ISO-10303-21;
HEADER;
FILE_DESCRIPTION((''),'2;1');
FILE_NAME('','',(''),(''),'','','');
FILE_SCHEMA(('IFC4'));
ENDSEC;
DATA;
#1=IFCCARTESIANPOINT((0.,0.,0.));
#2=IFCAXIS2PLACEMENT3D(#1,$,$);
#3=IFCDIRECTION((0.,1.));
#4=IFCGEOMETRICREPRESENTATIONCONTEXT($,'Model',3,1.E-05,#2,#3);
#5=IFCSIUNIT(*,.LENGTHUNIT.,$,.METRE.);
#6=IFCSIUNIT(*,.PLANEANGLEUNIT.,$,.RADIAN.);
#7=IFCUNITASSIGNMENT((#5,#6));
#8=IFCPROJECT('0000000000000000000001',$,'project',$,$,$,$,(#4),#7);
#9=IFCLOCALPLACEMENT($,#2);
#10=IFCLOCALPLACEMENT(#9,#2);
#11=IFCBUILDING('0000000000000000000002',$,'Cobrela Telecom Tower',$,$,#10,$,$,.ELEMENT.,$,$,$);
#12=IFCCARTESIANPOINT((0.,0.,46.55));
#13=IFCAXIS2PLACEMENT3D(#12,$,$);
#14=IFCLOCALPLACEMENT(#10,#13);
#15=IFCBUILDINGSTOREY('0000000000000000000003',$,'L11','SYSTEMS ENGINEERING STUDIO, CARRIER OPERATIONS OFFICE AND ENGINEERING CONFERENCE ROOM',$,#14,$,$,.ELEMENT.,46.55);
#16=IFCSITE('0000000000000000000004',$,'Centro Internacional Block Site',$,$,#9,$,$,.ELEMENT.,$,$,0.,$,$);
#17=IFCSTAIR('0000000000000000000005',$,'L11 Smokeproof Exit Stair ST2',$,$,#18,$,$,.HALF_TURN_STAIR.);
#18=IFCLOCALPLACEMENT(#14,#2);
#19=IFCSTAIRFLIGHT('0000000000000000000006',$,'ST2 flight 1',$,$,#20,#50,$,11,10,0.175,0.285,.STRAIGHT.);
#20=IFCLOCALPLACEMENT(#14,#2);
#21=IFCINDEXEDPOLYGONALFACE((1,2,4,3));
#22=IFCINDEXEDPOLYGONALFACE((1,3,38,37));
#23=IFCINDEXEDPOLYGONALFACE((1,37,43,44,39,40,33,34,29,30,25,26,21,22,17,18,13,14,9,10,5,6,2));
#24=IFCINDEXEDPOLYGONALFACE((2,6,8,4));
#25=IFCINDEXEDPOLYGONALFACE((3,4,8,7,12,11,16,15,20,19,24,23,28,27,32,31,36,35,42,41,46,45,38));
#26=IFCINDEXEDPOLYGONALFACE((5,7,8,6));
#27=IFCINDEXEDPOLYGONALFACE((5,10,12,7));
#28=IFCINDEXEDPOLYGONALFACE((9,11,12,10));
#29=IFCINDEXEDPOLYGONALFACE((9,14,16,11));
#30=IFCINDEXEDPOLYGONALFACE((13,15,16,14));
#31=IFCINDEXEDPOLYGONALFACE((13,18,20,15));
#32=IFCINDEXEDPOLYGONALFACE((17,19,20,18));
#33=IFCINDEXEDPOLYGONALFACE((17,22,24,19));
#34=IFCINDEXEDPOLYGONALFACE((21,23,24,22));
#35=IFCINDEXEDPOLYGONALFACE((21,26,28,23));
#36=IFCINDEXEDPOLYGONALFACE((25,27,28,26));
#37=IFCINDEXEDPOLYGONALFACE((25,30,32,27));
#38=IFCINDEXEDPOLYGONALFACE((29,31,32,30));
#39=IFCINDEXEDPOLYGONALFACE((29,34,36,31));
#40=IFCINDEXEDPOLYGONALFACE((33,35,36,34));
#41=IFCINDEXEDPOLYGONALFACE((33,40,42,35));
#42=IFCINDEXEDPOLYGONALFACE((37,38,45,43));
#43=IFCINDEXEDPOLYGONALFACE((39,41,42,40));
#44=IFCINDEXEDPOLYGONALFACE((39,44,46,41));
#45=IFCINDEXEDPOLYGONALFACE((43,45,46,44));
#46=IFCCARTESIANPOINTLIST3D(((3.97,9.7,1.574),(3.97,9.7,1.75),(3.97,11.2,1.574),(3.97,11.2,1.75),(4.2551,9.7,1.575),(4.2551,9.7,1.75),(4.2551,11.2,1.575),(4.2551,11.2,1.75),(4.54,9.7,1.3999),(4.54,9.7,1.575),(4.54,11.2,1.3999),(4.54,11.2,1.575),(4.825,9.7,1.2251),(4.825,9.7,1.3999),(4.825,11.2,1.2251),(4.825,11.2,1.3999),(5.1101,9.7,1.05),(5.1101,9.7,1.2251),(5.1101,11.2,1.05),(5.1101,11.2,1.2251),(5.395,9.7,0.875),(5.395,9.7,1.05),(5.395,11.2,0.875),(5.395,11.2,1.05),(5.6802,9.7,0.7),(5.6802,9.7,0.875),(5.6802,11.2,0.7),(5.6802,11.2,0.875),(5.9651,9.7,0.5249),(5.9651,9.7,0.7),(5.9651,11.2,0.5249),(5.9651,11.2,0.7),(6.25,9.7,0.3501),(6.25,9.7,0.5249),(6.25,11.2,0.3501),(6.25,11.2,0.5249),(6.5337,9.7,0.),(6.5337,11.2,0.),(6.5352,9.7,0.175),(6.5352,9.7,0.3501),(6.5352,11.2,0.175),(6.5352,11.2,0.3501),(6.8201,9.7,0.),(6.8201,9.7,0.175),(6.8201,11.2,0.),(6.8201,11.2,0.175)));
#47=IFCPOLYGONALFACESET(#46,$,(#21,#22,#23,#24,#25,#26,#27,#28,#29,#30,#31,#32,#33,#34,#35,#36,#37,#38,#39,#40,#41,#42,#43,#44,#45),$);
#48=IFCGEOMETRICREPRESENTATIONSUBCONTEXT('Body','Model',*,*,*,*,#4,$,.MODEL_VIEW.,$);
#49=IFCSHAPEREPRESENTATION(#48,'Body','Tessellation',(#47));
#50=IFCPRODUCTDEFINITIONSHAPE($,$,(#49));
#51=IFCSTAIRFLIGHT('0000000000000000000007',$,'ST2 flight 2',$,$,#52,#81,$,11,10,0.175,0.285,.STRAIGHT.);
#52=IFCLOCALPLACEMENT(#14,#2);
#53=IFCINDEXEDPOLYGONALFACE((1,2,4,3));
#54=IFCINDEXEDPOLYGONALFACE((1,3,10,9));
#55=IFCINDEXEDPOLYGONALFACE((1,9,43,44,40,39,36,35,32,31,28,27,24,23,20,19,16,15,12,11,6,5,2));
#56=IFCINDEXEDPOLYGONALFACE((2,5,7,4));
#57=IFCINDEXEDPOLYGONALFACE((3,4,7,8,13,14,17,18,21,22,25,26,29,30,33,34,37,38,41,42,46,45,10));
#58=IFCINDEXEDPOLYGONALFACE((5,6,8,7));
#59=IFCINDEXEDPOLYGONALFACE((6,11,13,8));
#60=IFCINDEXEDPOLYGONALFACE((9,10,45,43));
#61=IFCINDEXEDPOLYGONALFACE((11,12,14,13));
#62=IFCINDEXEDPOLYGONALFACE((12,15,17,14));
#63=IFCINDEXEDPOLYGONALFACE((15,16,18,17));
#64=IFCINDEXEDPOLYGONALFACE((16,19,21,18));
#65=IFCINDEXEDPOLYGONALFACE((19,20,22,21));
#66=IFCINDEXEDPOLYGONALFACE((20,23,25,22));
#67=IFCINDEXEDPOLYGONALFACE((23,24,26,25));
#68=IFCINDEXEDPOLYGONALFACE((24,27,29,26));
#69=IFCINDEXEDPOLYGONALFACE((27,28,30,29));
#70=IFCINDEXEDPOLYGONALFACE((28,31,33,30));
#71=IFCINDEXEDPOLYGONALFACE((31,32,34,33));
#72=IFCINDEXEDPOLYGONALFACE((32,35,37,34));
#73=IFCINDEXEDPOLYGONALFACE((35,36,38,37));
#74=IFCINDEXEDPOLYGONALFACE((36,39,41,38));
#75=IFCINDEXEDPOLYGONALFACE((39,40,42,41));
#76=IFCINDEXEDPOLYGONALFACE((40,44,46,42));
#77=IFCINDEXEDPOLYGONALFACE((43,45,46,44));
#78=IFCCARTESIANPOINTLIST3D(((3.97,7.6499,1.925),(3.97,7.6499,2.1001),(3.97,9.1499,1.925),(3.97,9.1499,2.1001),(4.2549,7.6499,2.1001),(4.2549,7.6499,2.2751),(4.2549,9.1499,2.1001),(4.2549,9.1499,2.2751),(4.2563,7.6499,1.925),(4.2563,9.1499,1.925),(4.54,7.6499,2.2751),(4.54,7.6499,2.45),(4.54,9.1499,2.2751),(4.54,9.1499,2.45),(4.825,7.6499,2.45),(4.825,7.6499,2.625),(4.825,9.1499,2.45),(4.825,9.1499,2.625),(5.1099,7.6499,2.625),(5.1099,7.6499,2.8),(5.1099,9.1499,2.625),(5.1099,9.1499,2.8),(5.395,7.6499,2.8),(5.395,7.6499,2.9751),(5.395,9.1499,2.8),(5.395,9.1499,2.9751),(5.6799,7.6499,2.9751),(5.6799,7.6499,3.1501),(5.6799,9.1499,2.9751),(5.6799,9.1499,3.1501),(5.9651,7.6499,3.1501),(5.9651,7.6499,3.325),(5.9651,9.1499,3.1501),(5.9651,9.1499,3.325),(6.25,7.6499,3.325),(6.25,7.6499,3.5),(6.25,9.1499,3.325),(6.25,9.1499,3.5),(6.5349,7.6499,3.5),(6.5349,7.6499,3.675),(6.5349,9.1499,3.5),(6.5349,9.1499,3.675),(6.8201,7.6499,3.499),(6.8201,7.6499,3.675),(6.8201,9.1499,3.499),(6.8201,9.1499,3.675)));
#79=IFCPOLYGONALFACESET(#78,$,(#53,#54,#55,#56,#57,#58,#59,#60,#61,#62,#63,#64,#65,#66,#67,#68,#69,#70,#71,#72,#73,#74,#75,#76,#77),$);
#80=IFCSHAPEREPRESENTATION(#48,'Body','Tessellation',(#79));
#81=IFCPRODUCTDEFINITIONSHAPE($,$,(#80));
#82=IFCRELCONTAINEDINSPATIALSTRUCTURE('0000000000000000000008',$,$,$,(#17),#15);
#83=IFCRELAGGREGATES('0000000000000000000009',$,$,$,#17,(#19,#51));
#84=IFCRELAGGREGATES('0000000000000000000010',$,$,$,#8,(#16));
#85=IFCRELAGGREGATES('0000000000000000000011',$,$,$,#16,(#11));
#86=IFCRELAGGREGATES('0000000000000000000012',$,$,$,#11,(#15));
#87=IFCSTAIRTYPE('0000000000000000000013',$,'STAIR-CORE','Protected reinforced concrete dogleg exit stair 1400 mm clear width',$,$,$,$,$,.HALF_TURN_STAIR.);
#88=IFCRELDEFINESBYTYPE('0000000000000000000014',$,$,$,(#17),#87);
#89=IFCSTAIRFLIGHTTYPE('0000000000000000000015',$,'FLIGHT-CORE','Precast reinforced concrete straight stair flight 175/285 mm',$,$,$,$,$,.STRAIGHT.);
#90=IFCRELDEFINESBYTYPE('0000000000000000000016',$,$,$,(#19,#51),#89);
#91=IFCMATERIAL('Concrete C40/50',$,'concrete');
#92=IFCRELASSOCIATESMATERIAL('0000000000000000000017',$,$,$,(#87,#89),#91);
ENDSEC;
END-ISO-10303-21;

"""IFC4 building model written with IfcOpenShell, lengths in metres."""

from ifc_helpers import new_model, si_unit, direction, frame, origin, place, context, subcontext, project, spatial, polyline, outline, extrude, material, type_object, element, aggregate, save


model = new_model("IFC4")

# Units and contexts
model_context = context("Model", 3, precision=1e-05, world=origin(), true_north=direction((0.0, 1.0)))
body_context = subcontext(model_context, "Body", "Model", "MODEL_VIEW")
ifc_project = project(units=[si_unit("LENGTHUNIT", "METRE"), si_unit("PLANEANGLEUNIT", "RADIAN")], contexts=[model_context])

# Site, building, storey
site_placement = place(None, origin())
site = spatial("IfcSite", under=ifc_project, at=site_placement, Name="Centro Internacional Block Site", CompositionType="ELEMENT", RefElevation=0.0)
building_placement = place(site_placement, origin())
building = spatial("IfcBuilding", under=site, at=building_placement, Name="Cobrela Telecom Tower", CompositionType="ELEMENT")
storey_placement = place(building_placement, frame((0.0, 0.0, 46.55)))
storey = spatial("IfcBuildingStorey", under=building, at=storey_placement, Name="L11", Description="SYSTEMS ENGINEERING STUDIO, CARRIER OPERATIONS OFFICE AND ENGINEERING CONFERENCE ROOM", CompositionType="ELEMENT", Elevation=46.55)

# Shared definitions
ifc_material_1 = material(Name="Concrete C40/50", Category="concrete")

# Stair, stair flights
stair_type = type_object("IfcStairType", Name="STAIR-CORE", Description="Protected reinforced concrete dogleg exit stair 1400 mm clear width", PredefinedType="HALF_TURN_STAIR", material=ifc_material_1)
stair_placement = place(storey_placement, origin())
stair = element("IfcStair", 1, at=stair_placement, inside=storey, type_object=stair_type, Name="L11 Smokeproof Exit Stair ST2", PredefinedType="HALF_TURN_STAIR")
stair_flight_type = type_object("IfcStairFlightType", Name="FLIGHT-CORE", Description="Precast reinforced concrete straight stair flight 175/285 mm", PredefinedType="STRAIGHT", material=ifc_material_1)
stair_flight_1_placement = place(storey_placement, frame((6.8201, 10.45, 0.0), z_axis=(0.0, 0.0, 1.0), x_axis=(-1.0, 0.0, 0.0)))
stair_flight_1 = element("IfcStairFlight", 2, at=stair_flight_1_placement, type_object=stair_flight_type, Name="ST2 flight 1", NumberOfRisers=11, NumberOfTreads=10, PredefinedType="STRAIGHT", RiserHeight=0.175, TreadLength=0.285, context=body_context, shape_type="SweptSolid", body=[
    extrude(outline(polyline([(0.0, 0.0), (0.0, 0.175), (0.2849, 0.175), (0.2849, 0.3501), (0.5701, 0.3501), (0.5701, 0.5249), (0.855, 0.5249), (0.855, 0.7), (1.1399, 0.7), (1.1399, 0.875), (1.425, 0.875), (1.425, 1.05), (1.71, 1.05), (1.71, 1.2251), (1.9951, 1.2251), (1.9951, 1.3999), (2.28, 1.3999), (2.28, 1.575), (2.5649, 1.575), (2.5649, 1.75), (2.8501, 1.75), (2.8501, 1.925), (2.8501, 1.574), (0.2864, 0.0), (0.0, 0.0)])), frame((0.0, 0.75, 0.0), z_axis=(0.0, -1.0, 0.0), x_axis=(1.0, 0.0, 0.0)), (0.0, 0.0, 1.0), 1.5),
])
stair_flight_2_placement = place(storey_placement, frame((3.97, 8.3999, 1.925), z_axis=(0.0, 0.0, 1.0), x_axis=(1.0, 0.0, 0.0)))
stair_flight_2 = element("IfcStairFlight", 3, at=stair_flight_2_placement, type_object=stair_flight_type, Name="ST2 flight 2", NumberOfRisers=11, NumberOfTreads=10, PredefinedType="STRAIGHT", RiserHeight=0.175, TreadLength=0.285, context=body_context, shape_type="SweptSolid", body=[
    extrude(outline(polyline([(0.0, 0.0), (0.0, 0.175), (0.2849, 0.175), (0.2849, 0.3501), (0.5701, 0.3501), (0.5701, 0.5249), (0.855, 0.5249), (0.855, 0.7), (1.1399, 0.7), (1.1399, 0.875), (1.425, 0.875), (1.425, 1.05), (1.71, 1.05), (1.71, 1.2251), (1.9951, 1.2251), (1.9951, 1.3999), (2.28, 1.3999), (2.28, 1.575), (2.5649, 1.575), (2.5649, 1.75), (2.8501, 1.75), (2.8501, 1.925), (2.8501, 1.574), (0.2864, 0.0), (0.0, 0.0)])), frame((0.0, 0.75, 0.0), z_axis=(0.0, -1.0, 0.0), x_axis=(1.0, 0.0, 0.0)), (0.0, 0.0, 1.0), 1.5),
])
aggregate(stair, [stair_flight_1, stair_flight_2])

save(model, "model.ifc")
